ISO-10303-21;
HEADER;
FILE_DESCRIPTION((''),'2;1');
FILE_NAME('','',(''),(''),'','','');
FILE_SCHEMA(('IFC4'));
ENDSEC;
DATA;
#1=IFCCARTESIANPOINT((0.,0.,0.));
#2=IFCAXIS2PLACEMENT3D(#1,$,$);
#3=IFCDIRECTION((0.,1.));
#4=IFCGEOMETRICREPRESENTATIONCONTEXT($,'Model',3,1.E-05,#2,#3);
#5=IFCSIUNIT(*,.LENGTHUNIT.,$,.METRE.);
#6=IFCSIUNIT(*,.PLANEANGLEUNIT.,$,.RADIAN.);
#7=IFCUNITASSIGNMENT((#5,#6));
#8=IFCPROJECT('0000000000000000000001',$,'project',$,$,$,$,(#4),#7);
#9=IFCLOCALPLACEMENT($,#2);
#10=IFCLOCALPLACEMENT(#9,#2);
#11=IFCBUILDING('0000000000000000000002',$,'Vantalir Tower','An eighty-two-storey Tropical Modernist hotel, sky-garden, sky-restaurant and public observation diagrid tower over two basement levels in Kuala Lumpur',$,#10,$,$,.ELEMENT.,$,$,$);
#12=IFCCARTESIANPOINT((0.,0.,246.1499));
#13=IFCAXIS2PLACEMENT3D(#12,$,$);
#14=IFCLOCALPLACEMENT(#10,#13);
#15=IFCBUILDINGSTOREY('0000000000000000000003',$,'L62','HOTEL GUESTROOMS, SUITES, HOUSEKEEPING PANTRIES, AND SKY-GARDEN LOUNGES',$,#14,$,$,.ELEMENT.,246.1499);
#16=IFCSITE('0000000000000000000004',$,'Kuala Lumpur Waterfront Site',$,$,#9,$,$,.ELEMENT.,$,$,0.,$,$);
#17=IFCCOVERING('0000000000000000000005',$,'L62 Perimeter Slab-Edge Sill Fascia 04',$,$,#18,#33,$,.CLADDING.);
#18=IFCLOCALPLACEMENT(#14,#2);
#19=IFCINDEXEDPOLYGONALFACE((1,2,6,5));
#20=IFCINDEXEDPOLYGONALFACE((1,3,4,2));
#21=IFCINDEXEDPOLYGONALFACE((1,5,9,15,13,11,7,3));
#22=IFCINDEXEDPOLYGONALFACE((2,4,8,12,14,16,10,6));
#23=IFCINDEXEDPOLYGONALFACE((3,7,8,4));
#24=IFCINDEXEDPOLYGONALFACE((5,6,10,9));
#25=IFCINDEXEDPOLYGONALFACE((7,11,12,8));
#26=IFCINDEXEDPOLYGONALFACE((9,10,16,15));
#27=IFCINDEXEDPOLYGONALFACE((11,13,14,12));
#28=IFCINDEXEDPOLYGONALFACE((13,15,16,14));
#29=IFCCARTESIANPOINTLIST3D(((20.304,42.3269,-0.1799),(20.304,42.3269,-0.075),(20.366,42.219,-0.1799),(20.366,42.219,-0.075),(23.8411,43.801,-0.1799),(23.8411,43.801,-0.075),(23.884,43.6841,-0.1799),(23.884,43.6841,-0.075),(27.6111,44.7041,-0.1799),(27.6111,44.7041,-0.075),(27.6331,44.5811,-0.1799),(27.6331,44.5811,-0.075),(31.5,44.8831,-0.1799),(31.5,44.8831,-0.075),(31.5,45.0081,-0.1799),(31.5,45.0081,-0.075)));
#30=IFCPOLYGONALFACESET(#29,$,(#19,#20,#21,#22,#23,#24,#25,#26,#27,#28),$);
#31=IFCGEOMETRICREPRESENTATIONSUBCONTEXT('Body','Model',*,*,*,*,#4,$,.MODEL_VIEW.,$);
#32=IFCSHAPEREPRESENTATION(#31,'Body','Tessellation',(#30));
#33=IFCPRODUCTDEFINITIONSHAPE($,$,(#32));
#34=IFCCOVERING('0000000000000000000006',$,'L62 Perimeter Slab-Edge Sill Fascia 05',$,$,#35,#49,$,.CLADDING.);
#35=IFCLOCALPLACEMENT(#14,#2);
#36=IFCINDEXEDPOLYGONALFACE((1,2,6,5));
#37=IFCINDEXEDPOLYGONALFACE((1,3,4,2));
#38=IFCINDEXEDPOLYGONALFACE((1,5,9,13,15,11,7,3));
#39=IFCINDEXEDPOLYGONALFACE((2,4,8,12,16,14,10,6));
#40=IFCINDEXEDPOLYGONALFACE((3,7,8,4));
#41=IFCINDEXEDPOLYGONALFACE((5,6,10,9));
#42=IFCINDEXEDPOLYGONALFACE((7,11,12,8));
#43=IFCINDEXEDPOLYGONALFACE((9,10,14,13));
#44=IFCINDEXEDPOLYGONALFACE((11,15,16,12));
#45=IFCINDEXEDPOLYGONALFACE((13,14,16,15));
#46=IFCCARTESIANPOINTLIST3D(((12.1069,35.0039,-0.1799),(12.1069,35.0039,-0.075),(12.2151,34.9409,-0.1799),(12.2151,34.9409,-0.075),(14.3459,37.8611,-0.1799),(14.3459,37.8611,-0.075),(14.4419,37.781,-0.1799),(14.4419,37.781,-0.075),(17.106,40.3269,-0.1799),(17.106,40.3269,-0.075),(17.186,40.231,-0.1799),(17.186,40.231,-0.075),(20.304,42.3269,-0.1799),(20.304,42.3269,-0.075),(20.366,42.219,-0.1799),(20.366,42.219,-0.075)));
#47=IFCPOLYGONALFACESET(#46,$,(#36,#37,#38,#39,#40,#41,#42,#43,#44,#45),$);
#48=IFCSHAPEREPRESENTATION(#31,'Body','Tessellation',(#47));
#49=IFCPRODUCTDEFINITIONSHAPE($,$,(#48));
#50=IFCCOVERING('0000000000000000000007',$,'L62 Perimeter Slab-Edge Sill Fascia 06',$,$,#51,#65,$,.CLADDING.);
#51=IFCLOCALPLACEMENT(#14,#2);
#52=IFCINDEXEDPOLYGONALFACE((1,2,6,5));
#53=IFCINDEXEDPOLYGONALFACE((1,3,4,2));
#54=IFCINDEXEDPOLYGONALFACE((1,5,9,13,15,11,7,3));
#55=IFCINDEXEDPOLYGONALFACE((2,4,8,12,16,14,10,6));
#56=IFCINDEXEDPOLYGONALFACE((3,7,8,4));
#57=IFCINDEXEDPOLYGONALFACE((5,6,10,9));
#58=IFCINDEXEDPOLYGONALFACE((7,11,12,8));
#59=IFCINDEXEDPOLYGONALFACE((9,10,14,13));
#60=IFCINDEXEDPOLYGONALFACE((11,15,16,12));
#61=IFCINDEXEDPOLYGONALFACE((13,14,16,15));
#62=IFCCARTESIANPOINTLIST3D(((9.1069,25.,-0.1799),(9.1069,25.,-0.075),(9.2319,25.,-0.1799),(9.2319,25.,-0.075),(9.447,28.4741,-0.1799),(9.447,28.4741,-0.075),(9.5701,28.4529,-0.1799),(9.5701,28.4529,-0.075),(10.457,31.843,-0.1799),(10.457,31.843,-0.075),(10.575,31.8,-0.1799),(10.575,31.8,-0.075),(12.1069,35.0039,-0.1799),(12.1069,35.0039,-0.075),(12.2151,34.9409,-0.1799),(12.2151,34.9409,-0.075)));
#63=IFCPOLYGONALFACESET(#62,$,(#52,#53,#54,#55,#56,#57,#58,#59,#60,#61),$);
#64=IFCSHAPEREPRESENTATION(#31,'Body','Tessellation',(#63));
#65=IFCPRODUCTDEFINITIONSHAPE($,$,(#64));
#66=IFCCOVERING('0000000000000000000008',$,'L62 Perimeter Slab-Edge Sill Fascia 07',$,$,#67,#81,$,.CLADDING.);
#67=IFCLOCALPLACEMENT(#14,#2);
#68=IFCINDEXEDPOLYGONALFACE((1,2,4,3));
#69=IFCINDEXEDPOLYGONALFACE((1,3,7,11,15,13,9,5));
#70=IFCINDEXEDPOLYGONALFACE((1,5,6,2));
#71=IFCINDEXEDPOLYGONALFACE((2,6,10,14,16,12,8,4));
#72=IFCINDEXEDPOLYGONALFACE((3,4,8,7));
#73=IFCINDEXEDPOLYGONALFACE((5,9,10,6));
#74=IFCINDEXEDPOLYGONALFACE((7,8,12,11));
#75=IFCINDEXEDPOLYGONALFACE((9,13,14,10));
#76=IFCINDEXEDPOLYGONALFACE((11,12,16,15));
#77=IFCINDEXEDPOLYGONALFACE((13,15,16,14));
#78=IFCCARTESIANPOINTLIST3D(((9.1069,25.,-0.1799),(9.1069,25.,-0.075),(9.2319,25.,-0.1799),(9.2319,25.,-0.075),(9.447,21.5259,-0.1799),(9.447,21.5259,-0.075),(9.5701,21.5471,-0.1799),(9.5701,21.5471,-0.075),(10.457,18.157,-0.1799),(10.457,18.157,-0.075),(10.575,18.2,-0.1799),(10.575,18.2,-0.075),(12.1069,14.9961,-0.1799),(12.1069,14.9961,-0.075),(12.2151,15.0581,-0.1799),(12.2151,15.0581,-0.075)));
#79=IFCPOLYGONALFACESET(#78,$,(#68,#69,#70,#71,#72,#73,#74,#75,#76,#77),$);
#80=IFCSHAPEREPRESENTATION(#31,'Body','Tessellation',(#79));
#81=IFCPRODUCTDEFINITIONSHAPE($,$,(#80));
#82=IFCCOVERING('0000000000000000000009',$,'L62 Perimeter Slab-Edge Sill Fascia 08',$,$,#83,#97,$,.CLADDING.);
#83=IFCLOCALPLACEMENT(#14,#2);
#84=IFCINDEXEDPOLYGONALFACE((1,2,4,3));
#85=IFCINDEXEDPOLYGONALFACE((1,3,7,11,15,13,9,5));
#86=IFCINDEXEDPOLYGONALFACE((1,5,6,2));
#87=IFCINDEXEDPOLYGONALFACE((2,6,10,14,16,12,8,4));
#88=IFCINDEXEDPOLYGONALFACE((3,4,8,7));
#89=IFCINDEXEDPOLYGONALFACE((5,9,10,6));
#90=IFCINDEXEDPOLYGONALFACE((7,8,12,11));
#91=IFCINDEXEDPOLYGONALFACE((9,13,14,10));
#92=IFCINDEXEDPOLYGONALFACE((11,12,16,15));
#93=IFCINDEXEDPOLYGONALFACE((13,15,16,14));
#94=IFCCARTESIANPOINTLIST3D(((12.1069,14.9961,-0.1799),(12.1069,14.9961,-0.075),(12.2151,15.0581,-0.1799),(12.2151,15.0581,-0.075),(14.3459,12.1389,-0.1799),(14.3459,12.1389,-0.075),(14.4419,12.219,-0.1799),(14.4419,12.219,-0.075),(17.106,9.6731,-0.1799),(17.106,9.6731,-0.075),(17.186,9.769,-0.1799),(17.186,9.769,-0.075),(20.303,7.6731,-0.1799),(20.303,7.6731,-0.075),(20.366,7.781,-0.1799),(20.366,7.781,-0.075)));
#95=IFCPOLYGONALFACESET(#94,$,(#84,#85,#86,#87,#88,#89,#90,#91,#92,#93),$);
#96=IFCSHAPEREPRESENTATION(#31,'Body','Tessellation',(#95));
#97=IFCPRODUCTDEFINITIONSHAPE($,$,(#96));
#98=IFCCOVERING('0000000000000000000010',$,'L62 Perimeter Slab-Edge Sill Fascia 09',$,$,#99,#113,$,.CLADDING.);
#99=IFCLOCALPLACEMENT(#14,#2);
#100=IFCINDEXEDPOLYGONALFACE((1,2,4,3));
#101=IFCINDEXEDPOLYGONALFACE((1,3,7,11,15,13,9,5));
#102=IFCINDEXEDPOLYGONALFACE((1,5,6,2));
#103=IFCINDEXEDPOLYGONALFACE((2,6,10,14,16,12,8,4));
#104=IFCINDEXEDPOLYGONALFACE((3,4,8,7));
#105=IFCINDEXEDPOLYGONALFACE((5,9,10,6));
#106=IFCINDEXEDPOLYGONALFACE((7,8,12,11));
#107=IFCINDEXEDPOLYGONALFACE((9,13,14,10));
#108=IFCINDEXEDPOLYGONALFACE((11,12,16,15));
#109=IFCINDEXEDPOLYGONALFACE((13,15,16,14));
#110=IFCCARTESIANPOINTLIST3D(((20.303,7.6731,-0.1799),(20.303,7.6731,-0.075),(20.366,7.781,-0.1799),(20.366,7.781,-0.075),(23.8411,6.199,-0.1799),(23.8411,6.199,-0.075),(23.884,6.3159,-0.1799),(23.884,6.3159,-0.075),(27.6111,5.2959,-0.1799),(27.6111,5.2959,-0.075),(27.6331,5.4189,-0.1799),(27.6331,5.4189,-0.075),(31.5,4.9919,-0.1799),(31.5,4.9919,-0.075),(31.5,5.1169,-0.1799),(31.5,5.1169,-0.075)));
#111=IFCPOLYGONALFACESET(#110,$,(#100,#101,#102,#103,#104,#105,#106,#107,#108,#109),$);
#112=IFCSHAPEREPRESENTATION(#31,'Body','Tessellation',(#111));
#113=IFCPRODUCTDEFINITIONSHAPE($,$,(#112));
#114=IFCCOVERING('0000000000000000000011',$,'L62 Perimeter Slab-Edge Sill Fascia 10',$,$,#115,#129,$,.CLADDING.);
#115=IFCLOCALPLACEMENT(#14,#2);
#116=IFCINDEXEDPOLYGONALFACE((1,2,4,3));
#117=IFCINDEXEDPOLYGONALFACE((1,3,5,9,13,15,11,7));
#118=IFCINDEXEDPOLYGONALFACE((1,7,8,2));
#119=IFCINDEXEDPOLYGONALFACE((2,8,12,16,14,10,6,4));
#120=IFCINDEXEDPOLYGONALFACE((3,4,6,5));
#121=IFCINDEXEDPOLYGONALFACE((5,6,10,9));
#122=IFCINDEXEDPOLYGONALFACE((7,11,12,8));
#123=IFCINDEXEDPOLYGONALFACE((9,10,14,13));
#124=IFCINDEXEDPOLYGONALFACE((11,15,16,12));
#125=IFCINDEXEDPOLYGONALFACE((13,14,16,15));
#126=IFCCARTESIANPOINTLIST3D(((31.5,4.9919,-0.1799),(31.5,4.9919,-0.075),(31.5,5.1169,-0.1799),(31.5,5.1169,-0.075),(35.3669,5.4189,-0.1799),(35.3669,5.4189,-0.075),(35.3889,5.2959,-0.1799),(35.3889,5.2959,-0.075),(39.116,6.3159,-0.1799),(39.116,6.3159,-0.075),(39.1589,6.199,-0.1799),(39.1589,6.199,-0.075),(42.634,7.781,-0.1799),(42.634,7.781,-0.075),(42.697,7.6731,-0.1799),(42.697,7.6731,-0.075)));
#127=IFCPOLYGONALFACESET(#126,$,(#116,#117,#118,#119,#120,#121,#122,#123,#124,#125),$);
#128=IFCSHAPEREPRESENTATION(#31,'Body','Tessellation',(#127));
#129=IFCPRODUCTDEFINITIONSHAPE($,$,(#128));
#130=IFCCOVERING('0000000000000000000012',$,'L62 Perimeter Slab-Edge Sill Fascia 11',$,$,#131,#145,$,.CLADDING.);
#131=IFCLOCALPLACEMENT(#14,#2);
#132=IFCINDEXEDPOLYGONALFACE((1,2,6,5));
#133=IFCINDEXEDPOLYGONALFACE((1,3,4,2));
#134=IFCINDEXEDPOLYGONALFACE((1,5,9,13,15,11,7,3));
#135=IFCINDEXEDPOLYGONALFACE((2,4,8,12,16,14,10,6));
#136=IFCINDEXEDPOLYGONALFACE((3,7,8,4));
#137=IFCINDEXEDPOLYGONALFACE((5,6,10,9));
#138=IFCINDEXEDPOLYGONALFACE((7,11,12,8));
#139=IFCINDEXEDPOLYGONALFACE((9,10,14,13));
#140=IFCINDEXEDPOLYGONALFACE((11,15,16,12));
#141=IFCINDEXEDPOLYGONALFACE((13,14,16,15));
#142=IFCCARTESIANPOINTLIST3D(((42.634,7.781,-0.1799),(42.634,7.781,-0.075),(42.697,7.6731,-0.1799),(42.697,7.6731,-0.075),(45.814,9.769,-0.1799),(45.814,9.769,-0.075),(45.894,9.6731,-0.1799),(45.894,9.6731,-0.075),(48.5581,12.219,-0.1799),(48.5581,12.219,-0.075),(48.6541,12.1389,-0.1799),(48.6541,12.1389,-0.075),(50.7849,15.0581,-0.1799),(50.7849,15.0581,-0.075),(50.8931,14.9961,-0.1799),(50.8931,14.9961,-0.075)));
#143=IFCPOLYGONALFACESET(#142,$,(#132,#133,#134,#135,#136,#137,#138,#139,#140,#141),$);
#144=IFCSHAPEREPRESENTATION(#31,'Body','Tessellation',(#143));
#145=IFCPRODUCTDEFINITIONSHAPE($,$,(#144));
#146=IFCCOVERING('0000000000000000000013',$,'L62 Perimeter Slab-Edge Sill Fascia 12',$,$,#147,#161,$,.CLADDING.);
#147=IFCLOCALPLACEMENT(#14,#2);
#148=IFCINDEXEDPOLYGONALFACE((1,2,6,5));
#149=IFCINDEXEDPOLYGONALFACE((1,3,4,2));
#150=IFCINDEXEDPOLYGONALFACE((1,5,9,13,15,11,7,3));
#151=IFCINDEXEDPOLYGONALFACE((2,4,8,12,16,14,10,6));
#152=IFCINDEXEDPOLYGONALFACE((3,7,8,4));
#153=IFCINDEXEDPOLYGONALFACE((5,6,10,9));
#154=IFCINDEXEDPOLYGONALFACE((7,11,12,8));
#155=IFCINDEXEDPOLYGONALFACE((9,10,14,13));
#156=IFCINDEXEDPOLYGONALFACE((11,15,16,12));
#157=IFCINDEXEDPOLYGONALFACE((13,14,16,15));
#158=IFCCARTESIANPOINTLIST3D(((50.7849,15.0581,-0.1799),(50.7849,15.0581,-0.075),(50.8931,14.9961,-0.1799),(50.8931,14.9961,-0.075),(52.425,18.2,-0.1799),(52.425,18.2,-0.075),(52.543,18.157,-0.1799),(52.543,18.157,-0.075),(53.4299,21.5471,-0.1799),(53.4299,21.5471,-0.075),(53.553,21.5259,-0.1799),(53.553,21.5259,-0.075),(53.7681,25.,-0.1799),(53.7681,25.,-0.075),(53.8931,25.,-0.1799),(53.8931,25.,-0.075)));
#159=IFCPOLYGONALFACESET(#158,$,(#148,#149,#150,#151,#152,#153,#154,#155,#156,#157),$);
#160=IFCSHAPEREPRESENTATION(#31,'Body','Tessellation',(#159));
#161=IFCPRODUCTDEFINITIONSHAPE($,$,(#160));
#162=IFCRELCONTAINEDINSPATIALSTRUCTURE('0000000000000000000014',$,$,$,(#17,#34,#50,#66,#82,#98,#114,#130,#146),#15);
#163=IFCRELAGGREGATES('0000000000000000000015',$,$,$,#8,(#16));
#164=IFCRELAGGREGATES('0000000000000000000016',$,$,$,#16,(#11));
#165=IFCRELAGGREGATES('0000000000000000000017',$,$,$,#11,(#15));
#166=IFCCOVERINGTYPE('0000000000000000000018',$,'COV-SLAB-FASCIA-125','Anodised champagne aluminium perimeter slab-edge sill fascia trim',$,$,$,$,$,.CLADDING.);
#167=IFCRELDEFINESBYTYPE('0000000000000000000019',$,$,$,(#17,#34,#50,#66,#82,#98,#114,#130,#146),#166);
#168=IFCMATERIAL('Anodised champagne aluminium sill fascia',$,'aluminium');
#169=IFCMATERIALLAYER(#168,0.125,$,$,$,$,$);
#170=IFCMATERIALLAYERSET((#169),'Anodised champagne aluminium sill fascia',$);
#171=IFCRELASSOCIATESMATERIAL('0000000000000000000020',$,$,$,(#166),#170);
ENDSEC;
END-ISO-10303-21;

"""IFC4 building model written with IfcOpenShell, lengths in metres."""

from ifc_helpers import new_model, si_unit, direction, frame, origin, place, context, subcontext, project, spatial, polyline, outline, extrude, material, layer, layer_set, type_object, element, save


model = new_model("IFC4")

# Units and contexts
model_context = context("Model", 3, precision=1e-05, world=origin(), true_north=direction((0.0, 1.0)))
body_context = subcontext(model_context, "Body", "Model", "MODEL_VIEW")
ifc_project = project(units=[si_unit("LENGTHUNIT", "METRE"), si_unit("PLANEANGLEUNIT", "RADIAN")], contexts=[model_context])

# Site, building, storey
site_placement = place(None, origin())
site = spatial("IfcSite", under=ifc_project, at=site_placement, Name="Kuala Lumpur Waterfront Site", CompositionType="ELEMENT", RefElevation=0.0)
building_placement = place(site_placement, origin())
building = spatial("IfcBuilding", under=site, at=building_placement, Name="Vantalir Tower", Description="An eighty-two-storey Tropical Modernist hotel, sky-garden, sky-restaurant and public observation diagrid tower over two basement levels in Kuala Lumpur", CompositionType="ELEMENT")
storey_placement = place(building_placement, frame((0.0, 0.0, 246.1499)))
storey = spatial("IfcBuildingStorey", under=building, at=storey_placement, Name="L62", Description="HOTEL GUESTROOMS, SUITES, HOUSEKEEPING PANTRIES, AND SKY-GARDEN LOUNGES", CompositionType="ELEMENT", Elevation=246.1499)

# Coverings
ifc_material_1 = material(Name="Anodised champagne aluminium sill fascia", Category="aluminium")
ifc_layer_1 = layer(ifc_material_1, 0.125)
ifc_layer_set_1 = layer_set([ifc_layer_1], Name="Anodised champagne aluminium sill fascia")
covering_type = type_object("IfcCoveringType", Name="COV-SLAB-FASCIA-125", Description="Anodised champagne aluminium perimeter slab-edge sill fascia trim", PredefinedType="CLADDING", material=ifc_layer_set_1)
covering_1_placement = place(storey_placement, frame((0.0, 0.0, -0.1799)))
element("IfcCovering", 1, at=covering_1_placement, inside=storey, type_object=covering_type, Name="L62 Perimeter Slab-Edge Sill Fascia 04", PredefinedType="CLADDING", context=body_context, shape_type="SweptSolid", body=[
    extrude(outline(polyline([(31.5, 45.0081), (27.6111, 44.7041), (23.8411, 43.801), (20.304, 42.3269), (20.366, 42.219), (23.884, 43.6841), (27.6331, 44.5811), (31.5, 44.8831), (31.5, 45.0081)])), origin(), (0.0, 0.0, 1.0), 0.105),
])
covering_2_placement = place(storey_placement, frame((0.0, 0.0, -0.1799)))
element("IfcCovering", 2, at=covering_2_placement, inside=storey, type_object=covering_type, Name="L62 Perimeter Slab-Edge Sill Fascia 05", PredefinedType="CLADDING", context=body_context, shape_type="SweptSolid", body=[
    extrude(outline(polyline([(20.304, 42.3269), (17.106, 40.3269), (14.3459, 37.8611), (12.1069, 35.0039), (12.2151, 34.9409), (14.4419, 37.781), (17.186, 40.231), (20.366, 42.219), (20.304, 42.3269)])), origin(), (0.0, 0.0, 1.0), 0.105),
])
covering_3_placement = place(storey_placement, frame((0.0, 0.0, -0.1799)))
element("IfcCovering", 3, at=covering_3_placement, inside=storey, type_object=covering_type, Name="L62 Perimeter Slab-Edge Sill Fascia 06", PredefinedType="CLADDING", context=body_context, shape_type="SweptSolid", body=[
    extrude(outline(polyline([(12.1069, 35.0039), (10.457, 31.843), (9.447, 28.4741), (9.1069, 25.0), (9.2319, 25.0), (9.5701, 28.4529), (10.575, 31.8), (12.2151, 34.9409), (12.1069, 35.0039)])), origin(), (0.0, 0.0, 1.0), 0.105),
])
covering_4_placement = place(storey_placement, frame((0.0, 0.0, -0.1799)))
element("IfcCovering", 4, at=covering_4_placement, inside=storey, type_object=covering_type, Name="L62 Perimeter Slab-Edge Sill Fascia 07", PredefinedType="CLADDING", context=body_context, shape_type="SweptSolid", body=[
    extrude(outline(polyline([(9.1069, 25.0), (9.447, 21.5259), (10.457, 18.157), (12.1069, 14.9961), (12.2151, 15.0581), (10.575, 18.2), (9.5701, 21.5471), (9.2319, 25.0), (9.1069, 25.0)])), origin(), (0.0, 0.0, 1.0), 0.105),
])
covering_5_placement = place(storey_placement, frame((0.0, 0.0, -0.1799)))
element("IfcCovering", 5, at=covering_5_placement, inside=storey, type_object=covering_type, Name="L62 Perimeter Slab-Edge Sill Fascia 08", PredefinedType="CLADDING", context=body_context, shape_type="SweptSolid", body=[
    extrude(outline(polyline([(12.1069, 14.9961), (14.3459, 12.1389), (17.106, 9.6731), (20.303, 7.6731), (20.366, 7.781), (17.186, 9.769), (14.4419, 12.219), (12.2151, 15.0581), (12.1069, 14.9961)])), origin(), (0.0, 0.0, 1.0), 0.105),
])
covering_6_placement = place(storey_placement, frame((0.0, 0.0, -0.1799)))
element("IfcCovering", 6, at=covering_6_placement, inside=storey, type_object=covering_type, Name="L62 Perimeter Slab-Edge Sill Fascia 09", PredefinedType="CLADDING", context=body_context, shape_type="SweptSolid", body=[
    extrude(outline(polyline([(20.303, 7.6731), (23.8411, 6.199), (27.6111, 5.2959), (31.5, 4.9919), (31.5, 5.1169), (27.6331, 5.4189), (23.884, 6.3159), (20.366, 7.781), (20.303, 7.6731)])), origin(), (0.0, 0.0, 1.0), 0.105),
])
covering_7_placement = place(storey_placement, frame((0.0, 0.0, -0.1799)))
element("IfcCovering", 7, at=covering_7_placement, inside=storey, type_object=covering_type, Name="L62 Perimeter Slab-Edge Sill Fascia 10", PredefinedType="CLADDING", context=body_context, shape_type="SweptSolid", body=[
    extrude(outline(polyline([(31.5, 4.9919), (35.3889, 5.2959), (39.1589, 6.199), (42.697, 7.6731), (42.634, 7.781), (39.116, 6.3159), (35.3669, 5.4189), (31.5, 5.1169), (31.5, 4.9919)])), origin(), (0.0, 0.0, 1.0), 0.105),
])
covering_8_placement = place(storey_placement, frame((0.0, 0.0, -0.1799)))
element("IfcCovering", 8, at=covering_8_placement, inside=storey, type_object=covering_type, Name="L62 Perimeter Slab-Edge Sill Fascia 11", PredefinedType="CLADDING", context=body_context, shape_type="SweptSolid", body=[
    extrude(outline(polyline([(42.697, 7.6731), (45.894, 9.6731), (48.6541, 12.1389), (50.8931, 14.9961), (50.7849, 15.0581), (48.5581, 12.219), (45.814, 9.769), (42.634, 7.781), (42.697, 7.6731)])), origin(), (0.0, 0.0, 1.0), 0.105),
])
covering_9_placement = place(storey_placement, frame((0.0, 0.0, -0.1799)))
element("IfcCovering", 9, at=covering_9_placement, inside=storey, type_object=covering_type, Name="L62 Perimeter Slab-Edge Sill Fascia 12", PredefinedType="CLADDING", context=body_context, shape_type="SweptSolid", body=[
    extrude(outline(polyline([(50.8931, 14.9961), (52.543, 18.157), (53.553, 21.5259), (53.8931, 25.0), (53.7681, 25.0), (53.4299, 21.5471), (52.425, 18.2), (50.7849, 15.0581), (50.8931, 14.9961)])), origin(), (0.0, 0.0, 1.0), 0.105),
])

save(model, "model.ifc")
